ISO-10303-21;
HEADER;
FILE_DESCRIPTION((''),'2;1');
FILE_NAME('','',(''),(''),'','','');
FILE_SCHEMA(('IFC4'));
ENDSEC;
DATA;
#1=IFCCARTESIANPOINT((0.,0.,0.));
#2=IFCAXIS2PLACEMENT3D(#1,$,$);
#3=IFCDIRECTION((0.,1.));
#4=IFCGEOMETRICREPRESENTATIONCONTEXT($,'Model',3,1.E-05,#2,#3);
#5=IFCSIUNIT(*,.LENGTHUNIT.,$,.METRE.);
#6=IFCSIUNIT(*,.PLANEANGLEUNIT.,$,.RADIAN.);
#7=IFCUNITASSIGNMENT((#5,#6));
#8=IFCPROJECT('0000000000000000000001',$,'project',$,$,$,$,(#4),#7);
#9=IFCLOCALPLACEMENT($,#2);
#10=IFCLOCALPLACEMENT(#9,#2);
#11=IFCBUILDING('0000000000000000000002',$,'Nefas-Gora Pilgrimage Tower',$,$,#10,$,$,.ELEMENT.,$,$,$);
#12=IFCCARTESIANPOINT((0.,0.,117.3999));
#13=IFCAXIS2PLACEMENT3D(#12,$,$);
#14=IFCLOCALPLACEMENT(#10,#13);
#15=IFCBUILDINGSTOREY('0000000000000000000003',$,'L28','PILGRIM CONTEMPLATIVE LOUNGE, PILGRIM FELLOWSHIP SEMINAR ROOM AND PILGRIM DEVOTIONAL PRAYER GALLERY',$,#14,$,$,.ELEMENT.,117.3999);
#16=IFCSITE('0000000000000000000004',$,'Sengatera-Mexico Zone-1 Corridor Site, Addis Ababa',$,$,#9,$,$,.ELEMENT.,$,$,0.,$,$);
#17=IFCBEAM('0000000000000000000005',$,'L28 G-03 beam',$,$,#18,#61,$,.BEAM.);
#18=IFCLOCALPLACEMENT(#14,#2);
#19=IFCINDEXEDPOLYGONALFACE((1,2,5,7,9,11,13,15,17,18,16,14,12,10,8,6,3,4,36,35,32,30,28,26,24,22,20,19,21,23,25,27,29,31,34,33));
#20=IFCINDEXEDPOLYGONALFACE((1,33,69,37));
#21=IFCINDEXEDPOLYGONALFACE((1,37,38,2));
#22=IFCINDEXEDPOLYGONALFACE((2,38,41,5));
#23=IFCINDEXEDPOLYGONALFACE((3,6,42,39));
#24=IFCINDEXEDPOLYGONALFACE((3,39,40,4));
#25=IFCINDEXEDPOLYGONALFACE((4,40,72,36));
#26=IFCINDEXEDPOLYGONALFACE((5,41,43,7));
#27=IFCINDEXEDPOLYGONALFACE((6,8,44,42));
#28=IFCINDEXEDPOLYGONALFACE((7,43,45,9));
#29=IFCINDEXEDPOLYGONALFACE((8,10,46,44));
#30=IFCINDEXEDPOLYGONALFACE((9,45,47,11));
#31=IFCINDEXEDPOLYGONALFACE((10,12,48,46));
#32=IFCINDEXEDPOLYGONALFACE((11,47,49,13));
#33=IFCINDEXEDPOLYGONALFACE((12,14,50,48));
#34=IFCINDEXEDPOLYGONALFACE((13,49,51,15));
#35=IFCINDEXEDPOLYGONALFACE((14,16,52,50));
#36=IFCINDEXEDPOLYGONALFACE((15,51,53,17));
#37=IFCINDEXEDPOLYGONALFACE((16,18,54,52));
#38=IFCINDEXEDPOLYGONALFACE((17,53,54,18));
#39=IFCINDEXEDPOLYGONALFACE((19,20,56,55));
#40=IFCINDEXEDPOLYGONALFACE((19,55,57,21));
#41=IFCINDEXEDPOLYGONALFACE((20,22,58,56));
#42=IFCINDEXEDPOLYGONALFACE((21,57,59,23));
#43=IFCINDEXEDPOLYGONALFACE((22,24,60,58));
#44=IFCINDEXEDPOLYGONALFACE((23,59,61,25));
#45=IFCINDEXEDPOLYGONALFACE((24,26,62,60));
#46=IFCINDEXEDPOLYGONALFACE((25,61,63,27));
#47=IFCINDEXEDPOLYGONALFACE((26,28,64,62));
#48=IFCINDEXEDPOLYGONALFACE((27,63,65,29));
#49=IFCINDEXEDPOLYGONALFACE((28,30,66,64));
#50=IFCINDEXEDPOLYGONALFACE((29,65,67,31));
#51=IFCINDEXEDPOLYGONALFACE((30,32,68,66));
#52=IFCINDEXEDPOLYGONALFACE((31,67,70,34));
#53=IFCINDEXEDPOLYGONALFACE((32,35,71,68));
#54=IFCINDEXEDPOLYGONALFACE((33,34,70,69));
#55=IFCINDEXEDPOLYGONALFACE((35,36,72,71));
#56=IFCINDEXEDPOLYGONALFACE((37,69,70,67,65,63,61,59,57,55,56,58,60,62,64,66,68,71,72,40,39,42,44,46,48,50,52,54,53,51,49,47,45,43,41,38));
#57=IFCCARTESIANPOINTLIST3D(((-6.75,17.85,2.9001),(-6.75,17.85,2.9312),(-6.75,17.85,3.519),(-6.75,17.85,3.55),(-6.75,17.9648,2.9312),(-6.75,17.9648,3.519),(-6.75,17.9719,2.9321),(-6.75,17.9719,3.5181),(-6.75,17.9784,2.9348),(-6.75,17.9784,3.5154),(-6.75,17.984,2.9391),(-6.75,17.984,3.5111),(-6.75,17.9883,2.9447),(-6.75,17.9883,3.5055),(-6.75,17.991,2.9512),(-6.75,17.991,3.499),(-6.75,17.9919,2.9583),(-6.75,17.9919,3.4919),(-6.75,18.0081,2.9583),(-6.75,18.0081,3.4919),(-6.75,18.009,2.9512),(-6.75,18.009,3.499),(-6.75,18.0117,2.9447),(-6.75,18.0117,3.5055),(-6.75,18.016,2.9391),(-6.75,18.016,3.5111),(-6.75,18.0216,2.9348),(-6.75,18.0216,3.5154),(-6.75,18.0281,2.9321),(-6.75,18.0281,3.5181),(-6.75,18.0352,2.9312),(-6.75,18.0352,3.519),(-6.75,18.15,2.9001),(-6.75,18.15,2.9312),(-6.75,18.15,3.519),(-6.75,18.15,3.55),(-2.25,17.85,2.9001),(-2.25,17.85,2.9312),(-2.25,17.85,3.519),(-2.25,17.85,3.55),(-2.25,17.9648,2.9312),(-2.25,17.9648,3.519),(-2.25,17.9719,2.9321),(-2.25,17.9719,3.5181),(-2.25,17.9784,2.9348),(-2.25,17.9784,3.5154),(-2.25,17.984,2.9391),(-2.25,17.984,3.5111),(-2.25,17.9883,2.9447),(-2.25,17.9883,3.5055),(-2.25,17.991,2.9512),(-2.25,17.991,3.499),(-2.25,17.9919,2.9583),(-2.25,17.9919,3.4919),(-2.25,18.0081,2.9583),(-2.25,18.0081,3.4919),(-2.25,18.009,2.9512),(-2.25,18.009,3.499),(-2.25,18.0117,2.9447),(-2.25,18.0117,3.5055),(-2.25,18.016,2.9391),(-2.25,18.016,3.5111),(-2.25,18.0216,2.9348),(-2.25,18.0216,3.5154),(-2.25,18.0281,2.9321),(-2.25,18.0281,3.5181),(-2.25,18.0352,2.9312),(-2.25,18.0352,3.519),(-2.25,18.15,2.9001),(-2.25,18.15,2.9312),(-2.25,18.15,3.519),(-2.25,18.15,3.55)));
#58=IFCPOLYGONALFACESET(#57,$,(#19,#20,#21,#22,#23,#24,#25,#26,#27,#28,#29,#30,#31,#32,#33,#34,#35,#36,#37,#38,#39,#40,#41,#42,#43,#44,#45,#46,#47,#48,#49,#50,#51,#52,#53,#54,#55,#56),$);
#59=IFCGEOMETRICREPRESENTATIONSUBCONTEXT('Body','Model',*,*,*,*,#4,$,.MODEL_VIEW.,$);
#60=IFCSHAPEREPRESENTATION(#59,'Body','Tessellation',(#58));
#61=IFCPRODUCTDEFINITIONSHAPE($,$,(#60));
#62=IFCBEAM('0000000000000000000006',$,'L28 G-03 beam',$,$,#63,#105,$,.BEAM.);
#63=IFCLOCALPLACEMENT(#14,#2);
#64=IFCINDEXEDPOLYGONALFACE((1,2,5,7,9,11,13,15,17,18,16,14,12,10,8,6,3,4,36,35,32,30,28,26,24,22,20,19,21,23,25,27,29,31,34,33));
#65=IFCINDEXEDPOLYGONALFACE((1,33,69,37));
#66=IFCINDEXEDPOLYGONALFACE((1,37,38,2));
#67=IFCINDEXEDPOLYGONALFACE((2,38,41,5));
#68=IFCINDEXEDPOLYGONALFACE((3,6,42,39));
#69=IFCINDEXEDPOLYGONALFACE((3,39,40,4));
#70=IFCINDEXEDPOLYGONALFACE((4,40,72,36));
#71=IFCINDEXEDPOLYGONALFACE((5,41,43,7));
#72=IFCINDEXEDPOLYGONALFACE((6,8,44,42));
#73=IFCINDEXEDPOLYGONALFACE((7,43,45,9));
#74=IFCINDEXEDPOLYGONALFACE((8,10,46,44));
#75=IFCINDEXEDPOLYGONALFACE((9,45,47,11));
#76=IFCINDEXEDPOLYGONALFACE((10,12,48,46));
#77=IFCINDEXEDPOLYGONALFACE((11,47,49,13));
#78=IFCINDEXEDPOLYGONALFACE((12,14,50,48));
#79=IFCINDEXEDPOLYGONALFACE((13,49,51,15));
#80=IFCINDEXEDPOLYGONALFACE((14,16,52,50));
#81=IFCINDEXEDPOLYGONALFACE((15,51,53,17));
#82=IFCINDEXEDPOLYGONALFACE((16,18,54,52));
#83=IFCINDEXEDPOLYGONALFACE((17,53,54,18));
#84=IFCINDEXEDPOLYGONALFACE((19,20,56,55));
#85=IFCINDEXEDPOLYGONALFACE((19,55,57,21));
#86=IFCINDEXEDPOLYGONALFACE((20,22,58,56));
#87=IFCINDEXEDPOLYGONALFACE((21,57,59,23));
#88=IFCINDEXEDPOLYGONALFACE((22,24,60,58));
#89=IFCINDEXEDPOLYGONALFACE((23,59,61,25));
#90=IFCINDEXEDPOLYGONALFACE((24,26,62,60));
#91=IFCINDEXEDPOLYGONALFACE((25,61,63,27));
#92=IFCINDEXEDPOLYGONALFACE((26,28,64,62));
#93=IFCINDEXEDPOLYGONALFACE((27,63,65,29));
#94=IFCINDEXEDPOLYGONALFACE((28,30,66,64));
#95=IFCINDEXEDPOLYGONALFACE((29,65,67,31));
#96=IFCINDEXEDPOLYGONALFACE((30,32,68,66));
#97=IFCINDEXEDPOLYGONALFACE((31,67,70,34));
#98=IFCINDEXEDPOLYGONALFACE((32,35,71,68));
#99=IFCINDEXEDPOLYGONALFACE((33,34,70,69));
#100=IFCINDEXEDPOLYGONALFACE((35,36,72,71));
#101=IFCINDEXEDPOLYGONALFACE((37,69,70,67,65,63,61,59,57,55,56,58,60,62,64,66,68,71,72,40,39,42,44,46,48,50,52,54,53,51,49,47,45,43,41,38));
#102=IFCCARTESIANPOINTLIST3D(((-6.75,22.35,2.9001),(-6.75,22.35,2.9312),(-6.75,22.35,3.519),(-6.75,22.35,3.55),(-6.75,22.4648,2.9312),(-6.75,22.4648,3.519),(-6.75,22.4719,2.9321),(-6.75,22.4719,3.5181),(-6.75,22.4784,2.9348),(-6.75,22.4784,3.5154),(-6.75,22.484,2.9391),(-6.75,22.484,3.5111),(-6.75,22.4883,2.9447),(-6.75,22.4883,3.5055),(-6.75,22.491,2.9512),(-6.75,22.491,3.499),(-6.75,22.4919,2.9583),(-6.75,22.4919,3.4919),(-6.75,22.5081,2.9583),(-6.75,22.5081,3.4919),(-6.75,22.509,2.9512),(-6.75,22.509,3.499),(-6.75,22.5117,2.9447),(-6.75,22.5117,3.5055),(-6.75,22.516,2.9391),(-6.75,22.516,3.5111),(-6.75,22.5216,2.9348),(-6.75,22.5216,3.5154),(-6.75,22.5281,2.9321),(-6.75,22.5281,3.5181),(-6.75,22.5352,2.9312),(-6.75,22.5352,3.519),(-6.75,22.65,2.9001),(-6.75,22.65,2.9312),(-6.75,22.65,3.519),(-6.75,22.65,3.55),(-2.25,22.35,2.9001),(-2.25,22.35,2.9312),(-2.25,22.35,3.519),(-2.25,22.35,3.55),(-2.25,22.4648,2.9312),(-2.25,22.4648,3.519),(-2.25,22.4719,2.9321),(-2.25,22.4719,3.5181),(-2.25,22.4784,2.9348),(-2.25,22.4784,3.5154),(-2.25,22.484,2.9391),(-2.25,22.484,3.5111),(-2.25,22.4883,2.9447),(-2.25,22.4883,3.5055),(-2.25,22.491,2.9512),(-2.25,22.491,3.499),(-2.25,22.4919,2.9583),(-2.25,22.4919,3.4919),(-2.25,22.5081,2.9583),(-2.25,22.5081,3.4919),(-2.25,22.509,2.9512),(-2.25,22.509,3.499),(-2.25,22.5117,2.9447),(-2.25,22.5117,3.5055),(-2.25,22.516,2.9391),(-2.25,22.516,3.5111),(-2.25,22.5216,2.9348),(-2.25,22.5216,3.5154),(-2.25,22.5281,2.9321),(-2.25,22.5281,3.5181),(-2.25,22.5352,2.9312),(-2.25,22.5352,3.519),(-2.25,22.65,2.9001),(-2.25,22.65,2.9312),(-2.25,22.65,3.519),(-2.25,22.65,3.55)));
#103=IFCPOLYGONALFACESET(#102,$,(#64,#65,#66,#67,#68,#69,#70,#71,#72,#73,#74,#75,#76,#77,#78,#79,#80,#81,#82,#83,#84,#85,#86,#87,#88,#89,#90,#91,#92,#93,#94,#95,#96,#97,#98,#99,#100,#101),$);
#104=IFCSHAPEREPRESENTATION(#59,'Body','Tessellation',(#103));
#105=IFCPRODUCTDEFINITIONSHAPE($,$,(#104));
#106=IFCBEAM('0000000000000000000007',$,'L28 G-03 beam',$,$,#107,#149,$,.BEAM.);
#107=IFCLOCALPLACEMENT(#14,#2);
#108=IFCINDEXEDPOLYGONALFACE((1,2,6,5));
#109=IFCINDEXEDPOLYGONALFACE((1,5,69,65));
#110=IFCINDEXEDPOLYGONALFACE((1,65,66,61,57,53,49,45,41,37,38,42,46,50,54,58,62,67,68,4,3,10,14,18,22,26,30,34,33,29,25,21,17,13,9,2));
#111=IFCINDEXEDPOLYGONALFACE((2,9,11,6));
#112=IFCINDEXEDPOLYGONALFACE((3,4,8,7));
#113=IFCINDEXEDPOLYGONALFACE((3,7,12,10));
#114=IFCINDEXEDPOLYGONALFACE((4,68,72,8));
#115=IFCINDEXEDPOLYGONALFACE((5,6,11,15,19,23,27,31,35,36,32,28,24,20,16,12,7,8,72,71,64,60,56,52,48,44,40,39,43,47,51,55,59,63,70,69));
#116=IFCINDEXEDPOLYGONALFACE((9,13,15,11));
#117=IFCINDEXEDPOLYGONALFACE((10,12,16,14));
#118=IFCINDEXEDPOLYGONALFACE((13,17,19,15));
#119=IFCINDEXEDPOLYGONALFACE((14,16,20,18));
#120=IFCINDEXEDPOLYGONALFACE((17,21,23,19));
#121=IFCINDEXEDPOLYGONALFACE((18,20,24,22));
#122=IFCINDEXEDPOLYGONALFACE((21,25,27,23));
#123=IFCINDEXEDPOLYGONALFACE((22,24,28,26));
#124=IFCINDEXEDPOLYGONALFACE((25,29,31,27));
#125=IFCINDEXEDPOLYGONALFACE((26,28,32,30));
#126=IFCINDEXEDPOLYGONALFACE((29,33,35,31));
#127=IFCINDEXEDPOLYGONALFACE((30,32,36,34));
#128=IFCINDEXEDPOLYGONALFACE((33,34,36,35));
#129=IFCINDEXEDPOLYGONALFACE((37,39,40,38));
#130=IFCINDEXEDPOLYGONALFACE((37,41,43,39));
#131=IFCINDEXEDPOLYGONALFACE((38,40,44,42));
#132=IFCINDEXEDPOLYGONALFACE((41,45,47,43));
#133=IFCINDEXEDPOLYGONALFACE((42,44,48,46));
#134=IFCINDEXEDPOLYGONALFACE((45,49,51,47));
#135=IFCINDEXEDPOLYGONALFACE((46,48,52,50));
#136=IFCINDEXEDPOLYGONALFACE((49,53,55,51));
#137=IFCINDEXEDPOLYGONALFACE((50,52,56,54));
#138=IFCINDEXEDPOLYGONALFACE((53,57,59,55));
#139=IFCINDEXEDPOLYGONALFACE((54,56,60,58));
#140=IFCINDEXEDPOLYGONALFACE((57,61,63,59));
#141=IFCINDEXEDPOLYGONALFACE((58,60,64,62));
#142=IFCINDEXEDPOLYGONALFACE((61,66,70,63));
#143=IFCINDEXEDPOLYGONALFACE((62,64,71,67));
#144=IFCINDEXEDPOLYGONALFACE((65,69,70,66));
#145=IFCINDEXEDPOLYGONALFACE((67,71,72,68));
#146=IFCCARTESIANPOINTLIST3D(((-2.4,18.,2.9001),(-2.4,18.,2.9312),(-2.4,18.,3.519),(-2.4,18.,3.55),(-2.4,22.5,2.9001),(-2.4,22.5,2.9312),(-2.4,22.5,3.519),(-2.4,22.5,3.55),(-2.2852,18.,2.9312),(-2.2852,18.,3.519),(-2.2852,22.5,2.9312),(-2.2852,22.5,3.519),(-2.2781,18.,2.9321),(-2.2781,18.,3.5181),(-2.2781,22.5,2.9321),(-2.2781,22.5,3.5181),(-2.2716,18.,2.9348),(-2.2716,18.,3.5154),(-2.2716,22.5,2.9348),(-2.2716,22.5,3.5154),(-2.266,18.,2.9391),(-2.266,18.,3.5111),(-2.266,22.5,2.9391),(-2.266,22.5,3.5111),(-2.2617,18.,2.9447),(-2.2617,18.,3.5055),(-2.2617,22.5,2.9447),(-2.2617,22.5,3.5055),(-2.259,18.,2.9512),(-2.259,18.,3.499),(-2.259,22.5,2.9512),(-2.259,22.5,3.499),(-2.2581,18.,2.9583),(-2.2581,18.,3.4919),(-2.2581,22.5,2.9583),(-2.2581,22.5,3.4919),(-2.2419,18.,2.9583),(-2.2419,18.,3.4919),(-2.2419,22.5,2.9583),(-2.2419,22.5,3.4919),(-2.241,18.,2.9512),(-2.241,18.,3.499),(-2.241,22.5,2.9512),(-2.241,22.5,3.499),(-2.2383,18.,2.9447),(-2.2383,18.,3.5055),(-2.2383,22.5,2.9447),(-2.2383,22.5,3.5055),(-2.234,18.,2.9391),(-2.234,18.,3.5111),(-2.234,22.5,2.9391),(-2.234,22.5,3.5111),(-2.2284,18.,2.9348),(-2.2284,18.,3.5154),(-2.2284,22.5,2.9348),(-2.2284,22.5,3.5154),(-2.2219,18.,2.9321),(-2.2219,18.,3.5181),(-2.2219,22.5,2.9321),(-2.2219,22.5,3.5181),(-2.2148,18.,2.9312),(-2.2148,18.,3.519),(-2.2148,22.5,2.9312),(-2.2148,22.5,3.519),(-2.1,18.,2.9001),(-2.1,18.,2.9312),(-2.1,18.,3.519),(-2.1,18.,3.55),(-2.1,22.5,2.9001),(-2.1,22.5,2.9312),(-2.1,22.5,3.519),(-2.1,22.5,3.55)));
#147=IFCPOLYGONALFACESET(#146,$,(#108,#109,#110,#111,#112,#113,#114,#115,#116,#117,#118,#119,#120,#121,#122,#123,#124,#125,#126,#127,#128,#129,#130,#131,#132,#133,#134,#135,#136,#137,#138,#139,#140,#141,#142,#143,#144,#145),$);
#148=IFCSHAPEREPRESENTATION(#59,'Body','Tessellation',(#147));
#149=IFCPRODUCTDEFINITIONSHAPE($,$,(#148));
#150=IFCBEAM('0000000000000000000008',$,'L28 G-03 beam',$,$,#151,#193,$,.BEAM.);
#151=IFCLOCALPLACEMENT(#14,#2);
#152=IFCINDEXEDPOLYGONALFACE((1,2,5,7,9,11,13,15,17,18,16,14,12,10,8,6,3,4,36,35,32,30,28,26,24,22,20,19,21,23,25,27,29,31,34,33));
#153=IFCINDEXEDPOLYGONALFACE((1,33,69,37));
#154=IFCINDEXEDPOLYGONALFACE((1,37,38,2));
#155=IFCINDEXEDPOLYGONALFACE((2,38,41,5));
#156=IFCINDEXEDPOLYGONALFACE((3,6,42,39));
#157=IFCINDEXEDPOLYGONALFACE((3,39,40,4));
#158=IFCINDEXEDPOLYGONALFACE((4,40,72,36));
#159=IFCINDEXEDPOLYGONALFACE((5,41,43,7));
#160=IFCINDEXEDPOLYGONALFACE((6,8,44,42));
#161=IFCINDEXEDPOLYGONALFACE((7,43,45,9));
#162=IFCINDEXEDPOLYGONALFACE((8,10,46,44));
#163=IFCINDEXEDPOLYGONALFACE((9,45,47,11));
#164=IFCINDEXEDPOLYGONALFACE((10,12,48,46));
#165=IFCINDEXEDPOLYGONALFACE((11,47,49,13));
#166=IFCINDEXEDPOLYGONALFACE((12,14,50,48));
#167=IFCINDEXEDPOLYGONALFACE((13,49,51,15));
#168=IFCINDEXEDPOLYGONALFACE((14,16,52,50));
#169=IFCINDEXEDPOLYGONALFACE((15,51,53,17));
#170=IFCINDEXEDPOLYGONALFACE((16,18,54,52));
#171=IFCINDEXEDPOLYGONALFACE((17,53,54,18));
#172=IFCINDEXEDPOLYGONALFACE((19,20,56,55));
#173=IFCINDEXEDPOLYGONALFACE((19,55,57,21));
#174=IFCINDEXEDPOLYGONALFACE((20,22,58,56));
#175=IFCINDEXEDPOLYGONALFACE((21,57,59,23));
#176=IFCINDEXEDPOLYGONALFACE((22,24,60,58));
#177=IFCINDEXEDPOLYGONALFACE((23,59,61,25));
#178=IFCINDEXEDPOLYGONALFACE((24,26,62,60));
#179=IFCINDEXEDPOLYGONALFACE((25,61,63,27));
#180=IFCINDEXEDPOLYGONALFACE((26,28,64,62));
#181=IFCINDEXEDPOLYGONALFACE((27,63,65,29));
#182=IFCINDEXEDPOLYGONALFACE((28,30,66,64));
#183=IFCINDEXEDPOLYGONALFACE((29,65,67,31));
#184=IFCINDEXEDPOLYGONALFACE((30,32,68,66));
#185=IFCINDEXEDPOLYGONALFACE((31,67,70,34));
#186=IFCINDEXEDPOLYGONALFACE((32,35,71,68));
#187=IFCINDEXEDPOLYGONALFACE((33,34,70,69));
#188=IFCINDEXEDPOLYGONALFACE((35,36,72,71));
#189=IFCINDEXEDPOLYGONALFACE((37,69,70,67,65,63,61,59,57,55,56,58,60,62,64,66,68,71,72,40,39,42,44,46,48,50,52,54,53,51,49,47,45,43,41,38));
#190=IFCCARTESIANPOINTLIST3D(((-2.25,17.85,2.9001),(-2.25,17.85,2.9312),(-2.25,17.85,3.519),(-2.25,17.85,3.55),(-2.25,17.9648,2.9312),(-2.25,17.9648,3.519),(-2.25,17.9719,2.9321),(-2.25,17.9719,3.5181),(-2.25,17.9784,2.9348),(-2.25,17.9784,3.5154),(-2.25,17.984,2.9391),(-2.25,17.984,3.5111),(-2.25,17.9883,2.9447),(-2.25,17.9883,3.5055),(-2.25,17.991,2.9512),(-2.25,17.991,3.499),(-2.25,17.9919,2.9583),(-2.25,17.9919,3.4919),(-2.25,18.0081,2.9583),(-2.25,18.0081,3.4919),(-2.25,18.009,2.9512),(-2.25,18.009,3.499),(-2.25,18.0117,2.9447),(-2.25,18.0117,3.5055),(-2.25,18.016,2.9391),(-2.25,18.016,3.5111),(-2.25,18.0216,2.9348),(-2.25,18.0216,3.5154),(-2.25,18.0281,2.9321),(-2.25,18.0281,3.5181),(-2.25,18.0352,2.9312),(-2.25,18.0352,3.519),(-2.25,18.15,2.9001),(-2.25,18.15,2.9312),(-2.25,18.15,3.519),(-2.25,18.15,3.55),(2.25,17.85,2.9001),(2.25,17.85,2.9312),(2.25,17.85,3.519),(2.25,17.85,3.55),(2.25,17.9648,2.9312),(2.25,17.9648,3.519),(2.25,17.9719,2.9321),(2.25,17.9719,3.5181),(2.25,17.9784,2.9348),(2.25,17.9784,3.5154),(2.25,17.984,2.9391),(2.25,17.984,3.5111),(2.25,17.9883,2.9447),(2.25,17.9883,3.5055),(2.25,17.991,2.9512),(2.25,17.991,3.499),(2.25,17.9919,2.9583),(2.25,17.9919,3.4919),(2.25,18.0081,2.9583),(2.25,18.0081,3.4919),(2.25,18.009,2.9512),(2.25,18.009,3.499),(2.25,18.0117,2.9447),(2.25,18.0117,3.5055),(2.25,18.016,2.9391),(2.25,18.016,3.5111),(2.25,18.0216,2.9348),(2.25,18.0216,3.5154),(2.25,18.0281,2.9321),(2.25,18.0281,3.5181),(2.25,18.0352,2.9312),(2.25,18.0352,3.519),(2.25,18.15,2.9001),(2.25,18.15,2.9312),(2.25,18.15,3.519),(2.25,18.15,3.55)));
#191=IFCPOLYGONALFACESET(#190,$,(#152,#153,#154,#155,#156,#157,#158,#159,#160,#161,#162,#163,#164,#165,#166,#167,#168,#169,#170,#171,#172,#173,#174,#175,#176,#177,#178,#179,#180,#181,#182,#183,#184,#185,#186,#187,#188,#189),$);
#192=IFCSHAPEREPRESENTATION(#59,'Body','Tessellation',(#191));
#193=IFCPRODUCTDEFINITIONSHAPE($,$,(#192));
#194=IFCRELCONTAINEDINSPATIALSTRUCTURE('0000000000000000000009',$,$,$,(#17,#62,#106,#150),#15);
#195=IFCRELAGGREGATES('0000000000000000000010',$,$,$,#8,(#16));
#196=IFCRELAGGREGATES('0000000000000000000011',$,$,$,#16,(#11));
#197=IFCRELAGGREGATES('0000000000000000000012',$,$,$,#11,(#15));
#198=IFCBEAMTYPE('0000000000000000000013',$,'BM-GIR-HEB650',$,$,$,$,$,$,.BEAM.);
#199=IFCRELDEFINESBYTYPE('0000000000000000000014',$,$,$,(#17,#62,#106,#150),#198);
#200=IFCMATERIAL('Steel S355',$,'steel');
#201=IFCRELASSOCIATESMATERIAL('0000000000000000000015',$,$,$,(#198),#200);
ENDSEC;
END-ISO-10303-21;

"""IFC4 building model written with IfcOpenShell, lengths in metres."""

from ifc_helpers import new_model, si_unit, direction, frame, origin, origin_2d, place, context, subcontext, project, spatial, i_section, extrude, source, transform, mapped, material, material_profile, profile_set, type_object, element, save


model = new_model("IFC4")

# Units and contexts
model_context = context("Model", 3, precision=1e-05, world=origin(), true_north=direction((0.0, 1.0)))
body_context = subcontext(model_context, "Body", "Model", "MODEL_VIEW")
ifc_project = project(units=[si_unit("LENGTHUNIT", "METRE"), si_unit("PLANEANGLEUNIT", "RADIAN")], contexts=[model_context])

# Site, building, storey
site_placement = place(None, origin())
site = spatial("IfcSite", under=ifc_project, at=site_placement, Name="Sengatera-Mexico Zone-1 Corridor Site, Addis Ababa", CompositionType="ELEMENT", RefElevation=0.0)
building_placement = place(site_placement, origin())
building = spatial("IfcBuilding", under=site, at=building_placement, Name="Nefas-Gora Pilgrimage Tower", CompositionType="ELEMENT")
storey_placement = place(building_placement, frame((0.0, 0.0, 117.3999)))
storey = spatial("IfcBuildingStorey", under=building, at=storey_placement, Name="L28", Description="PILGRIM CONTEMPLATIVE LOUNGE, PILGRIM FELLOWSHIP SEMINAR ROOM AND PILGRIM DEVOTIONAL PRAYER GALLERY", CompositionType="ELEMENT", Elevation=117.3999)

# Beams
ifc_material_1 = material(Name="Steel S355", Category="steel")
ifc_material_profile_1 = material_profile(ifc_material_1, i_section(OverallWidth=0.3, OverallDepth=0.6499, WebThickness=0.0161, FlangeThickness=0.031, FilletRadius=0.0271, at=origin_2d()), Name="HEB 650")
ifc_profile_set_1 = profile_set([ifc_material_profile_1], Name="Steel S355")
beam_type = type_object("IfcBeamType", Name="BM-GIR-HEB650", PredefinedType="BEAM", material=ifc_profile_set_1)
shared_shape_1 = source(origin(), body_context, "Body", "SweptSolid", [
    extrude(i_section(OverallWidth=0.3, OverallDepth=0.6499, WebThickness=0.0161, FlangeThickness=0.031, FilletRadius=0.0271, at=origin_2d()), origin(), (0.0, 0.0, 1.0), 4.5),
])
for number, where, z_axis, x_axis, name in (
    (1, (-6.75, 18.0, 3.2251), (1.0, 0.0, 0.0), (0.0, 1.0, 0.0), "L28 G-03 beam"),
    (2, (-6.75, 22.5, 3.2251), (1.0, 0.0, 0.0), (0.0, 1.0, 0.0), "L28 G-03 beam"),
    (3, (-2.25, 18.0, 3.2251), (0.0, 1.0, 0.0), (-1.0, 0.0, 0.0), "L28 G-03 beam"),
    (4, (-2.25, 18.0, 3.2251), (1.0, 0.0, 0.0), (0.0, 1.0, 0.0), "L28 G-03 beam"),
):
    element("IfcBeam", number, at=place(storey_placement, frame(where, z_axis=z_axis, x_axis=x_axis)), inside=storey, type_object=beam_type, Name=name, PredefinedType="BEAM", context=body_context, shape_type="MappedRepresentation", body=[
        mapped(shared_shape_1, transform((0.0, 0.0, 0.0), x_axis=(1.0, 0.0, 0.0), y_axis=(0.0, 1.0, 0.0), z_axis=(0.0, 0.0, 1.0), scale=1.0)),
    ])

save(model, "model.ifc")
